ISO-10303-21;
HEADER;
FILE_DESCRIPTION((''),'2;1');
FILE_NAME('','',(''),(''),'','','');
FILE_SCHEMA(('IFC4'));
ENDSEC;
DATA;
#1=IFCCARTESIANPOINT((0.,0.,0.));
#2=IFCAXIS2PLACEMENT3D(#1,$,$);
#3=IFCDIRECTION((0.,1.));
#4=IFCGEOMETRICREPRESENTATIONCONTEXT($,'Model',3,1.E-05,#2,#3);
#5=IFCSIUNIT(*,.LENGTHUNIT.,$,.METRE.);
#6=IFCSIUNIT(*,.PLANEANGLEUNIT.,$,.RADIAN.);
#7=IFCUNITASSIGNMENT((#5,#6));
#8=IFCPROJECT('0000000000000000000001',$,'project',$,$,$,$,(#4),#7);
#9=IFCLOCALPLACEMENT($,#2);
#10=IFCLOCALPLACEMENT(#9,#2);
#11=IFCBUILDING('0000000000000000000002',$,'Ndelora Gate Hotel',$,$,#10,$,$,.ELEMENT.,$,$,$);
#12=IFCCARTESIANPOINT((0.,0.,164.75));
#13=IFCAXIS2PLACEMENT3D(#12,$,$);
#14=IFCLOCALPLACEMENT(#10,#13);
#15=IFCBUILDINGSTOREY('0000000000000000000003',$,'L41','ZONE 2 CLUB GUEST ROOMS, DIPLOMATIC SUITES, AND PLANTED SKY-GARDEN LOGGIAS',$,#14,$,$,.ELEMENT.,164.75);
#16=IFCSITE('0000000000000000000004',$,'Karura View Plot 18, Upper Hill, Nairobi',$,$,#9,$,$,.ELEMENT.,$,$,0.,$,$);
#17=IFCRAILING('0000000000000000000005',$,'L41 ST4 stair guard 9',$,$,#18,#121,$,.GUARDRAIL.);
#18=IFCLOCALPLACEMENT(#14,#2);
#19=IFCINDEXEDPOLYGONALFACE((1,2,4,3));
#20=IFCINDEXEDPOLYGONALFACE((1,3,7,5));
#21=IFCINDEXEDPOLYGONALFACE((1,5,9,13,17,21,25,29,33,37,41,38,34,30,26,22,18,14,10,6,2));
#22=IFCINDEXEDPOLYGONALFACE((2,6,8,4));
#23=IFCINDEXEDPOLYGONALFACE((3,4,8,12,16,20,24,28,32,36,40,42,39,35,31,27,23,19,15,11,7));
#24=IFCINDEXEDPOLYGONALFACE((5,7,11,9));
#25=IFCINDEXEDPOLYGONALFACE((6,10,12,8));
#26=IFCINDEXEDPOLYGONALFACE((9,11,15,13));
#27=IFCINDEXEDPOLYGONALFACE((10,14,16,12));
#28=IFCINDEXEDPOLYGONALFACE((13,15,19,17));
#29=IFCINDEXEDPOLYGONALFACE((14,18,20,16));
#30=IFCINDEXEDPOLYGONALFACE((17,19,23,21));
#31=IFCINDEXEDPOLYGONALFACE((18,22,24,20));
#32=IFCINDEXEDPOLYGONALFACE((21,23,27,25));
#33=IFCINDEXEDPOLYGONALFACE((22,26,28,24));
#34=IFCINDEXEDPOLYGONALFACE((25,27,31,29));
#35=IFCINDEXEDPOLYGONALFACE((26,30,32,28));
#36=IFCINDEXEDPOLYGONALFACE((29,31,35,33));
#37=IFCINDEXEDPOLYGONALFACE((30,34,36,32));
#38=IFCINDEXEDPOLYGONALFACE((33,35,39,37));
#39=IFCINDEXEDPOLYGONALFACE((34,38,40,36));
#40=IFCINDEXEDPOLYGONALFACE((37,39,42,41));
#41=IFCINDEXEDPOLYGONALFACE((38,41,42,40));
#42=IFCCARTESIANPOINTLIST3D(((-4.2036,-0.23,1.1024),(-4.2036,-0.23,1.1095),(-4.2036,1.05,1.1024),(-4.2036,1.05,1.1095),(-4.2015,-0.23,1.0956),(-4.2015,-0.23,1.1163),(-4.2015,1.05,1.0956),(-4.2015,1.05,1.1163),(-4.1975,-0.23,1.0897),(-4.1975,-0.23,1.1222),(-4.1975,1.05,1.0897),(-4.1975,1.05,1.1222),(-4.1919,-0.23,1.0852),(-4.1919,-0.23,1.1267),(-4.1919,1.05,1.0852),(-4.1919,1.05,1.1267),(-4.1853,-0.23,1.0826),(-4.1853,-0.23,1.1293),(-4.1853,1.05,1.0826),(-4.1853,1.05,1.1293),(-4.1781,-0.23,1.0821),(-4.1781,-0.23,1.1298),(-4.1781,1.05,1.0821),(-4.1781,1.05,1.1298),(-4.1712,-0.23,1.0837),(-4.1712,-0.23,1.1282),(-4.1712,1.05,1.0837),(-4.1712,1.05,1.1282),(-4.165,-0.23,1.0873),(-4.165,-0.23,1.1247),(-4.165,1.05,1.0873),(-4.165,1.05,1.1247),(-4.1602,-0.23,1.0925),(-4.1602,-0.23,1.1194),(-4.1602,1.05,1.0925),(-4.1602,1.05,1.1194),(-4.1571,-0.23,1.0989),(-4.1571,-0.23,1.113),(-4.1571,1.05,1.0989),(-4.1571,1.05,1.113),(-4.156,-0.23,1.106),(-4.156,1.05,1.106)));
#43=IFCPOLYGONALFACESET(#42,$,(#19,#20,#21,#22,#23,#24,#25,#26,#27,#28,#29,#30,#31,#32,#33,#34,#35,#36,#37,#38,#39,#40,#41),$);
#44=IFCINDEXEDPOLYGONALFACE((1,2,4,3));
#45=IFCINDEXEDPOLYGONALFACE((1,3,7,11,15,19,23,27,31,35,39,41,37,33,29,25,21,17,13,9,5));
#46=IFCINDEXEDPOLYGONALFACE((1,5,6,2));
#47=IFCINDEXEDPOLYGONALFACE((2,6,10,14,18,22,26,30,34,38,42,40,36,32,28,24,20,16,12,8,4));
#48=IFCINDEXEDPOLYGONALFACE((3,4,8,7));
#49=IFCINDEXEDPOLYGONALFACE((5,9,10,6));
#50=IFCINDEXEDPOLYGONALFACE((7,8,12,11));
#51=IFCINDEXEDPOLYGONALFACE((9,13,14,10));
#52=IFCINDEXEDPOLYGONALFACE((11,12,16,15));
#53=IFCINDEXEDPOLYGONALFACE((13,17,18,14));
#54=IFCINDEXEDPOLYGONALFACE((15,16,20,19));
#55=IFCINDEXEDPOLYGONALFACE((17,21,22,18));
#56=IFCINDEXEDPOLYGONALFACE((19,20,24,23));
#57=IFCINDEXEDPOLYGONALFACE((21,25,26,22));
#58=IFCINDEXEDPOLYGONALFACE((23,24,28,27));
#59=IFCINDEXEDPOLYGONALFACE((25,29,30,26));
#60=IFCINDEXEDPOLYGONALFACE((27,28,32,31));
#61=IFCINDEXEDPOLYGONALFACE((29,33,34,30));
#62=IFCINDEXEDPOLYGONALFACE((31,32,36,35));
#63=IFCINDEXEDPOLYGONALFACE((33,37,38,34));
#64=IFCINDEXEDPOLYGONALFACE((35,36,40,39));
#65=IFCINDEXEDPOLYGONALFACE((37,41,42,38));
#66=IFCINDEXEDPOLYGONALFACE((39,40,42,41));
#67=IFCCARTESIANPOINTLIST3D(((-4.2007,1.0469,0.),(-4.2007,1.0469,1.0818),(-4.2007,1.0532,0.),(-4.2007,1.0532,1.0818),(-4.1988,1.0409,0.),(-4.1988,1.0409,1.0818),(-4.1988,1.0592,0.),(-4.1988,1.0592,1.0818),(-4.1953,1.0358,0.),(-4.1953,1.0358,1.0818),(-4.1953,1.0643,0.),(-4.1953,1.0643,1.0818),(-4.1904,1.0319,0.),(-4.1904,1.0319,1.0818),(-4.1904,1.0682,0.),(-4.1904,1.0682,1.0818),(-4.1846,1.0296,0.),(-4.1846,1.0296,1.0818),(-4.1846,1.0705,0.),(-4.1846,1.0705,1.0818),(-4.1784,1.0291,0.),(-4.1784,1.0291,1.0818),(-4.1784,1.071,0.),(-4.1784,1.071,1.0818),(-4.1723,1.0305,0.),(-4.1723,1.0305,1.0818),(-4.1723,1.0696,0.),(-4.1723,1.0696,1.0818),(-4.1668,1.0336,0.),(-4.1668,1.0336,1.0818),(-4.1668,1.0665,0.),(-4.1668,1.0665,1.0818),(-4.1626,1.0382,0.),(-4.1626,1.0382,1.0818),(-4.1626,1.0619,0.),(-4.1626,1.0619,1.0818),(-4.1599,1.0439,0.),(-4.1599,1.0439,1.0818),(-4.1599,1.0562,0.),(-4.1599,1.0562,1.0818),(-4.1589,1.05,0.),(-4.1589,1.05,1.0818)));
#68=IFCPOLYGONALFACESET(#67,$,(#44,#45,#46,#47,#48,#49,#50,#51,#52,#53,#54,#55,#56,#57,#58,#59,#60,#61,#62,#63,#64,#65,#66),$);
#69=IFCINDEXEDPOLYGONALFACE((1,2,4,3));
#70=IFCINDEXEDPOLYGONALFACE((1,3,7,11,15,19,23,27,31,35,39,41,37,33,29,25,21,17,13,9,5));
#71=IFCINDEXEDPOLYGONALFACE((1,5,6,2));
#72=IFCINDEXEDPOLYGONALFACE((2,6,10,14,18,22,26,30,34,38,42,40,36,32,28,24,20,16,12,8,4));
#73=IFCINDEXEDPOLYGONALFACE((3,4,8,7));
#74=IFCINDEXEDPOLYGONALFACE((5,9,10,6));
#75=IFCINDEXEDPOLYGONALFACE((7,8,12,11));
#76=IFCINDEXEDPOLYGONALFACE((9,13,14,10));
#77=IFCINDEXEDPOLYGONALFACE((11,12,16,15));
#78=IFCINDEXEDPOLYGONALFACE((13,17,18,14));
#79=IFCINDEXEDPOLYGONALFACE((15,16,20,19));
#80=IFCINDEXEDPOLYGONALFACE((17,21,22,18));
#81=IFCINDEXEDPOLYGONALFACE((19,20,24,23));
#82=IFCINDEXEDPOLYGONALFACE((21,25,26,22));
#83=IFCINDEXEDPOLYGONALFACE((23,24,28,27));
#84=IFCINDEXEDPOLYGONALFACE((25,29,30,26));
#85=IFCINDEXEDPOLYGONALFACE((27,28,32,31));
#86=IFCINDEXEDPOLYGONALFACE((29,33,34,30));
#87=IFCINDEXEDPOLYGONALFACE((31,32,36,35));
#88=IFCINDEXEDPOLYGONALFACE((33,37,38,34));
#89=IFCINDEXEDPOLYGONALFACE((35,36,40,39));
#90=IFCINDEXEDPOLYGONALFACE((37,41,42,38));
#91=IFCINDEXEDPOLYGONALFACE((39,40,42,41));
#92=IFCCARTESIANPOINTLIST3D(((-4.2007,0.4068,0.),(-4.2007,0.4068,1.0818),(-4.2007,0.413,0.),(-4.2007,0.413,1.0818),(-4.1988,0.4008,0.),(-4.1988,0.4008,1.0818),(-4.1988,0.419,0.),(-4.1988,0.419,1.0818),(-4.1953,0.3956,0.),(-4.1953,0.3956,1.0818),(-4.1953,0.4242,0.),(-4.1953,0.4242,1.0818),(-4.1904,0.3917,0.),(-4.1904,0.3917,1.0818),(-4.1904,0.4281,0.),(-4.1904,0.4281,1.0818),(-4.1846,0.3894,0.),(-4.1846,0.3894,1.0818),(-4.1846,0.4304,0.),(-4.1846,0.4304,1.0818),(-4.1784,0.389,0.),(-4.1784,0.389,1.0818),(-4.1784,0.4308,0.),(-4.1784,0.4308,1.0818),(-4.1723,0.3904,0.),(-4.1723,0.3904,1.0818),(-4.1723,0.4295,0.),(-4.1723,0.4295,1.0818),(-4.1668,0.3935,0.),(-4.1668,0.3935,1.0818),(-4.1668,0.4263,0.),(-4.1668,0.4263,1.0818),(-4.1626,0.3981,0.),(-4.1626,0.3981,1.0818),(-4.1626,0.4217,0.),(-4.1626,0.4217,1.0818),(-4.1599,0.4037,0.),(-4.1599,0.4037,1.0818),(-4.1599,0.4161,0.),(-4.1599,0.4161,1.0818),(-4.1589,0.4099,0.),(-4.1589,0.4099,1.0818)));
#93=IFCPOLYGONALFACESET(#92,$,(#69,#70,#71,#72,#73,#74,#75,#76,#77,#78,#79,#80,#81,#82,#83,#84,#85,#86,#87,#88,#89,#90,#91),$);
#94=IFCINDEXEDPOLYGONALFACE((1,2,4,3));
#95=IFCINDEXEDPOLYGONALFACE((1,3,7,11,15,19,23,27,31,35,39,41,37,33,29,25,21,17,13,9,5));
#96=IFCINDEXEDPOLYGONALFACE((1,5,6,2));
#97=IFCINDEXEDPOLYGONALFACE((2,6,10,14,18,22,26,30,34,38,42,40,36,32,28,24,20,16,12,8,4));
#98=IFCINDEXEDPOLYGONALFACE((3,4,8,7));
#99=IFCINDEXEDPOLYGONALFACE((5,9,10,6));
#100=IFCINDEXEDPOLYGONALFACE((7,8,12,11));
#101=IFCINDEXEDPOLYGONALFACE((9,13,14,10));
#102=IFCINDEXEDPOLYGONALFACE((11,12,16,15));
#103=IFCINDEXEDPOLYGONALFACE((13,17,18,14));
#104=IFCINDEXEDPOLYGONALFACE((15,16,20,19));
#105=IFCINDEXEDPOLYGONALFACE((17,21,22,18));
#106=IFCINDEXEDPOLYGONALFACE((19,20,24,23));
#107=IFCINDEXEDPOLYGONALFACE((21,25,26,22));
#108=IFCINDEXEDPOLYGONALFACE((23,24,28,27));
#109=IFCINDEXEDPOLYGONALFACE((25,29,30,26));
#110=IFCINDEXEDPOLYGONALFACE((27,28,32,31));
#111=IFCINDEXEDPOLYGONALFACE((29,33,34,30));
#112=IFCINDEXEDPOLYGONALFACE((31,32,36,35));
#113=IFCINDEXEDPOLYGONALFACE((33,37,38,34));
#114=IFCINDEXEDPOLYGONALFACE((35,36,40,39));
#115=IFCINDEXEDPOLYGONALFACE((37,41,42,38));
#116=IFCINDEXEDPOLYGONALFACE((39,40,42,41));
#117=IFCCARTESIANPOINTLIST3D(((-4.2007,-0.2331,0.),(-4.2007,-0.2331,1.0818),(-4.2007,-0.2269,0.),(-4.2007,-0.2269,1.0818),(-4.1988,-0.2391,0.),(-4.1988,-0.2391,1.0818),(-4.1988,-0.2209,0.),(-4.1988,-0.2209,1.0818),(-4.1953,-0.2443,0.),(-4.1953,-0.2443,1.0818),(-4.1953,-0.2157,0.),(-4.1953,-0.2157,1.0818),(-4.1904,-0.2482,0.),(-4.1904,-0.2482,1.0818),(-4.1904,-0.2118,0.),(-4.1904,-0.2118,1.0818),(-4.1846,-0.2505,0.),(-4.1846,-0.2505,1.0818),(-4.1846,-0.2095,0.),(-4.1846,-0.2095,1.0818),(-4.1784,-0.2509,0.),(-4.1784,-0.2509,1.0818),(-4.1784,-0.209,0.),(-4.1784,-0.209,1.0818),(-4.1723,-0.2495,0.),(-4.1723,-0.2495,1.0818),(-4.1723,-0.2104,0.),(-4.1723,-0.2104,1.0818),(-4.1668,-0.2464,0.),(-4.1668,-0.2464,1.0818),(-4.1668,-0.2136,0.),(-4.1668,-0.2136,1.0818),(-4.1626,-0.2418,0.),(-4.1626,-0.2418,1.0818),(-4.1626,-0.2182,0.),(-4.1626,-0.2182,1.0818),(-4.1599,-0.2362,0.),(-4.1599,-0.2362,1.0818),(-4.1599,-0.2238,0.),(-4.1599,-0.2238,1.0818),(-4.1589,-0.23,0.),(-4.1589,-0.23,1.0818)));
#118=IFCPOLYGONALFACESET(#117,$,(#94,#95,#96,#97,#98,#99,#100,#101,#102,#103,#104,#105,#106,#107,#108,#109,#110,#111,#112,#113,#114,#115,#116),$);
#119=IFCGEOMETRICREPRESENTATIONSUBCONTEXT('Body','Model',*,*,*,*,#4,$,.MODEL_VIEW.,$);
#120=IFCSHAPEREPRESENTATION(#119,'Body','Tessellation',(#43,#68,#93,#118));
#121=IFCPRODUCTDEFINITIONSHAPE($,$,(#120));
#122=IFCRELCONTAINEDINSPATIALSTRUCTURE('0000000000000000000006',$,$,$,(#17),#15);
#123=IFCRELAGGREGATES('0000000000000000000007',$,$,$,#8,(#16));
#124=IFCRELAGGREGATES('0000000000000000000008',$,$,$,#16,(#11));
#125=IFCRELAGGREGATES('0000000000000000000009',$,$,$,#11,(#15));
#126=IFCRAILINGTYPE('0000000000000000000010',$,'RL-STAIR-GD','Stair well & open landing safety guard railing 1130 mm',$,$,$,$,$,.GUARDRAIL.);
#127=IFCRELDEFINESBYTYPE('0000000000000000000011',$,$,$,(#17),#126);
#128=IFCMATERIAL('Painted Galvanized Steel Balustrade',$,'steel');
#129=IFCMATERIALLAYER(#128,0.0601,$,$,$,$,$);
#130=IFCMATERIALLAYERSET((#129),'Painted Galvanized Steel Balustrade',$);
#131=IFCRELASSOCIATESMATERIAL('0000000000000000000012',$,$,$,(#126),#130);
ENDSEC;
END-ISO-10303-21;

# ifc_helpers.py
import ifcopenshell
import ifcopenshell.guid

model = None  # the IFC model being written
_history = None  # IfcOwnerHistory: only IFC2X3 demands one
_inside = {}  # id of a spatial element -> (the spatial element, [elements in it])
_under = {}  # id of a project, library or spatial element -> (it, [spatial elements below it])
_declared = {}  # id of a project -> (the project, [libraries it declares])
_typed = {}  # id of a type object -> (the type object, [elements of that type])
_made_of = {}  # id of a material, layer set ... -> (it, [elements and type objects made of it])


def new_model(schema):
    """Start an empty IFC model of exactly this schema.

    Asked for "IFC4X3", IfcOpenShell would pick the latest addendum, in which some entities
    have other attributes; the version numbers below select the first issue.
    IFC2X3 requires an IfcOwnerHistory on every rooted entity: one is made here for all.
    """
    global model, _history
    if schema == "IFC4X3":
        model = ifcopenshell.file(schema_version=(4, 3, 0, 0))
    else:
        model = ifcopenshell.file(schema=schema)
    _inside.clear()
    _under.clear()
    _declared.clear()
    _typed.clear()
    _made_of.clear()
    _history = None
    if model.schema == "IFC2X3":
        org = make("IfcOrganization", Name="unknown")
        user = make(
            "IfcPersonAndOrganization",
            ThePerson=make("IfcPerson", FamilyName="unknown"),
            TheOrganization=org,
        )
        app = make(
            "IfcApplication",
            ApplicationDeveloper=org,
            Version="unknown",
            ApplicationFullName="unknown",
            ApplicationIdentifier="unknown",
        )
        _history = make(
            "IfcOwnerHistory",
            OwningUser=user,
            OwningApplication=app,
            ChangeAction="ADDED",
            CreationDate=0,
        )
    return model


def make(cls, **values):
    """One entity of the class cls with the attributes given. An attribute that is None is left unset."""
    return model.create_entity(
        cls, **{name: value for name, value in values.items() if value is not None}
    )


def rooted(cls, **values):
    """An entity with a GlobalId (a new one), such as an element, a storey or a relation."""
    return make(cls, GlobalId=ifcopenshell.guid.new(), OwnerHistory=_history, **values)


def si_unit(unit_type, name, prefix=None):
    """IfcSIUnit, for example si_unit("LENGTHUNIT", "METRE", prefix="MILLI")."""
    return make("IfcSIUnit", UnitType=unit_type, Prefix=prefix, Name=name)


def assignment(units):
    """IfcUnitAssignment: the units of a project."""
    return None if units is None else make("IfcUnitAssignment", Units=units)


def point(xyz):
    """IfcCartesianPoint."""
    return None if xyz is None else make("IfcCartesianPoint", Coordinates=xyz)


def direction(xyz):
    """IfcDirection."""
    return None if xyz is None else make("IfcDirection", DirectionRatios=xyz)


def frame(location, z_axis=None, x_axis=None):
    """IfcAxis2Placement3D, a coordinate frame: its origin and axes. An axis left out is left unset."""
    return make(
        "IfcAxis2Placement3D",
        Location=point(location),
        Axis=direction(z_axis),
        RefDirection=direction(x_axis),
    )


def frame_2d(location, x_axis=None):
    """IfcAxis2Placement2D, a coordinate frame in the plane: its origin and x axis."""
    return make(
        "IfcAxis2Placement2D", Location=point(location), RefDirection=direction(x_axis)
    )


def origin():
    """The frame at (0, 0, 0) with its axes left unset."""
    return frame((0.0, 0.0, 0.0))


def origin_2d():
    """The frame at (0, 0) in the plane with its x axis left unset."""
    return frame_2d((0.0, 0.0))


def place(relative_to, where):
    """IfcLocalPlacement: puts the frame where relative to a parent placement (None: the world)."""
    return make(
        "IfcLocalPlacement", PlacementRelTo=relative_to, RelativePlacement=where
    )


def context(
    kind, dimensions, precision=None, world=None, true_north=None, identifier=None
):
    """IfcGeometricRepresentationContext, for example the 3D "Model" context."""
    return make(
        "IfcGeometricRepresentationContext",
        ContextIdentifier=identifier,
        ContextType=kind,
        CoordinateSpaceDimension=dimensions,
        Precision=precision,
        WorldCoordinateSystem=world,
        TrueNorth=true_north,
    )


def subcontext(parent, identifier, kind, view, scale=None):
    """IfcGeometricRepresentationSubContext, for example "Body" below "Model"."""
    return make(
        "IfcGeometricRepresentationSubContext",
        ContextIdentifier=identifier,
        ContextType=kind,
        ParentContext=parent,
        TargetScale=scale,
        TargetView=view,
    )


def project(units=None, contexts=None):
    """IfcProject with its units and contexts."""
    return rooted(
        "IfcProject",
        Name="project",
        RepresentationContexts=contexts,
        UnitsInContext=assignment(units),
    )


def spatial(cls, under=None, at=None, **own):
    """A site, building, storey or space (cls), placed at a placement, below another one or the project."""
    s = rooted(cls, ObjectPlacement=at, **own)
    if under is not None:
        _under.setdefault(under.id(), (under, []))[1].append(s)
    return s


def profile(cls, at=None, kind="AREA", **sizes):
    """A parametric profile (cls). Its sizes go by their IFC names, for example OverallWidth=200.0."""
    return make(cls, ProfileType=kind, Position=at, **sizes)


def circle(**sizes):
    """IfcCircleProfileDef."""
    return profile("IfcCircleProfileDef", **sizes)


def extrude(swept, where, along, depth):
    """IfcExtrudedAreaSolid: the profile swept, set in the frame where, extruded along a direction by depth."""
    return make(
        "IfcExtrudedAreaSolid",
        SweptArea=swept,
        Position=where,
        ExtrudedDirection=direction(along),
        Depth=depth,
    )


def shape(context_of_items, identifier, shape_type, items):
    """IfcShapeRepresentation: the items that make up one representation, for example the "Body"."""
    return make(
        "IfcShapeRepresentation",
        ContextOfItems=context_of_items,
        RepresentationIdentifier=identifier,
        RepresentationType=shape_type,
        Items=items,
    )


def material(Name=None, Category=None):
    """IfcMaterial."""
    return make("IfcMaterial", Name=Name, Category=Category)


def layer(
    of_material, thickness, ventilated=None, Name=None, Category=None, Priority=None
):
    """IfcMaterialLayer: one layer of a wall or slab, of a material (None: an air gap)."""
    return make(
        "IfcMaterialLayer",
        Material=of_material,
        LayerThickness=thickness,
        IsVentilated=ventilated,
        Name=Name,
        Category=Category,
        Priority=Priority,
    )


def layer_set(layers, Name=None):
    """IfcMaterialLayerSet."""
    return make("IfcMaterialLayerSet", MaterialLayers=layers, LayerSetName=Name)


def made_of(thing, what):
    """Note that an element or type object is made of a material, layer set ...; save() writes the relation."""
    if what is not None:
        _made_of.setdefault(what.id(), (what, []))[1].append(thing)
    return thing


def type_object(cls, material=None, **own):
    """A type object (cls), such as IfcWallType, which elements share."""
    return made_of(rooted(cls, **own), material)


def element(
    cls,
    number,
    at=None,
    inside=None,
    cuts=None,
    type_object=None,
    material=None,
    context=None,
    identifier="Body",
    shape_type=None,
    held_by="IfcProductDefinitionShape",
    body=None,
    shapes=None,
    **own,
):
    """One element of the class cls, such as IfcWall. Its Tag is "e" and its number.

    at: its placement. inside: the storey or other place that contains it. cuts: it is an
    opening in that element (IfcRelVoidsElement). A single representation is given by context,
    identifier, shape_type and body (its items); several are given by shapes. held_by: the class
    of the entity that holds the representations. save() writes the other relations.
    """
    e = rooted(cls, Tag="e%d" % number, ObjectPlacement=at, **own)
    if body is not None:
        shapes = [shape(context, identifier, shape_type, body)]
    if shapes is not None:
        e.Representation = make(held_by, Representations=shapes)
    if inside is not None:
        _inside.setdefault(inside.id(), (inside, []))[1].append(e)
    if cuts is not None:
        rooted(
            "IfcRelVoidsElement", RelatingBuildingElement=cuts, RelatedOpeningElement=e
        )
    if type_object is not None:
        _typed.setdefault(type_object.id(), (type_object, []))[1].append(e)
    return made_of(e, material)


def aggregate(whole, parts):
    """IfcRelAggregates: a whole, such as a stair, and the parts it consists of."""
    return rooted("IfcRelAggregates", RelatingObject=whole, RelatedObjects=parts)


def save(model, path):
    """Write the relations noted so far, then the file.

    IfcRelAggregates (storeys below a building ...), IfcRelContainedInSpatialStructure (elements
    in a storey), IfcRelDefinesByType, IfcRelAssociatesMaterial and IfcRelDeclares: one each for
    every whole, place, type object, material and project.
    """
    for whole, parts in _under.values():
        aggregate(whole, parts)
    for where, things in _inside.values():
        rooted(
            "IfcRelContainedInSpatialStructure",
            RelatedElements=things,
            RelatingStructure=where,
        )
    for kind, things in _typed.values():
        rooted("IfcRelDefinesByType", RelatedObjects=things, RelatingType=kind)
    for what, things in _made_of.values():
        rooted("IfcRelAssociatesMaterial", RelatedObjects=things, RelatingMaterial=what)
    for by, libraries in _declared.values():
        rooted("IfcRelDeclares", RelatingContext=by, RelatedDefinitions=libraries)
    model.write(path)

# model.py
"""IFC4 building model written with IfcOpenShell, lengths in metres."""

from ifc_helpers import new_model, si_unit, direction, frame, origin, origin_2d, place, context, subcontext, project, spatial, circle, extrude, material, layer, layer_set, type_object, element, save


model = new_model("IFC4")

# Units and contexts
model_context = context("Model", 3, precision=1e-05, world=origin(), true_north=direction((0.0, 1.0)))
body_context = subcontext(model_context, "Body", "Model", "MODEL_VIEW")
ifc_project = project(units=[si_unit("LENGTHUNIT", "METRE"), si_unit("PLANEANGLEUNIT", "RADIAN")], contexts=[model_context])

# Site, building, storey
site_placement = place(None, origin())
site = spatial("IfcSite", under=ifc_project, at=site_placement, Name="Karura View Plot 18, Upper Hill, Nairobi", CompositionType="ELEMENT", RefElevation=0.0)
building_placement = place(site_placement, origin())
building = spatial("IfcBuilding", under=site, at=building_placement, Name="Ndelora Gate Hotel", CompositionType="ELEMENT")
storey_placement = place(building_placement, frame((0.0, 0.0, 164.75)))
storey = spatial("IfcBuildingStorey", under=building, at=storey_placement, Name="L41", Description="ZONE 2 CLUB GUEST ROOMS, DIPLOMATIC SUITES, AND PLANTED SKY-GARDEN LOGGIAS", CompositionType="ELEMENT", Elevation=164.75)

# Railing
ifc_material_1 = material(Name="Painted Galvanized Steel Balustrade", Category="steel")
ifc_layer_1 = layer(ifc_material_1, 0.0601)
ifc_layer_set_1 = layer_set([ifc_layer_1], Name="Painted Galvanized Steel Balustrade")
railing_type = type_object("IfcRailingType", Name="RL-STAIR-GD", Description="Stair well & open landing safety guard railing 1130 mm", PredefinedType="GUARDRAIL", material=ifc_layer_set_1)
for number, where, name in (
    (1, (-4.1799, 1.05, 0.0), "L41 ST4 stair guard 9"),
):
    element("IfcRailing", number, at=place(storey_placement, frame(where)), inside=storey, type_object=railing_type, Name=name, PredefinedType="GUARDRAIL", context=body_context, shape_type="SweptSolid", body=[
        extrude(circle(Radius=0.0239, at=origin_2d()), frame((0.0, 0.0, 1.106), z_axis=(0.0, -1.0, 0.0), x_axis=(1.0, 0.0, 0.0)), (0.0, 0.0, 1.0), 1.28),
        extrude(circle(Radius=0.021, at=origin_2d()), origin(), (0.0, 0.0, 1.0), 1.0818),
        extrude(circle(Radius=0.021, at=origin_2d()), frame((0.0, -0.6401, 0.0)), (0.0, 0.0, 1.0), 1.0818),
        extrude(circle(Radius=0.021, at=origin_2d()), frame((0.0, -1.28, 0.0)), (0.0, 0.0, 1.0), 1.0818),
    ])

save(model, "model.ifc")
